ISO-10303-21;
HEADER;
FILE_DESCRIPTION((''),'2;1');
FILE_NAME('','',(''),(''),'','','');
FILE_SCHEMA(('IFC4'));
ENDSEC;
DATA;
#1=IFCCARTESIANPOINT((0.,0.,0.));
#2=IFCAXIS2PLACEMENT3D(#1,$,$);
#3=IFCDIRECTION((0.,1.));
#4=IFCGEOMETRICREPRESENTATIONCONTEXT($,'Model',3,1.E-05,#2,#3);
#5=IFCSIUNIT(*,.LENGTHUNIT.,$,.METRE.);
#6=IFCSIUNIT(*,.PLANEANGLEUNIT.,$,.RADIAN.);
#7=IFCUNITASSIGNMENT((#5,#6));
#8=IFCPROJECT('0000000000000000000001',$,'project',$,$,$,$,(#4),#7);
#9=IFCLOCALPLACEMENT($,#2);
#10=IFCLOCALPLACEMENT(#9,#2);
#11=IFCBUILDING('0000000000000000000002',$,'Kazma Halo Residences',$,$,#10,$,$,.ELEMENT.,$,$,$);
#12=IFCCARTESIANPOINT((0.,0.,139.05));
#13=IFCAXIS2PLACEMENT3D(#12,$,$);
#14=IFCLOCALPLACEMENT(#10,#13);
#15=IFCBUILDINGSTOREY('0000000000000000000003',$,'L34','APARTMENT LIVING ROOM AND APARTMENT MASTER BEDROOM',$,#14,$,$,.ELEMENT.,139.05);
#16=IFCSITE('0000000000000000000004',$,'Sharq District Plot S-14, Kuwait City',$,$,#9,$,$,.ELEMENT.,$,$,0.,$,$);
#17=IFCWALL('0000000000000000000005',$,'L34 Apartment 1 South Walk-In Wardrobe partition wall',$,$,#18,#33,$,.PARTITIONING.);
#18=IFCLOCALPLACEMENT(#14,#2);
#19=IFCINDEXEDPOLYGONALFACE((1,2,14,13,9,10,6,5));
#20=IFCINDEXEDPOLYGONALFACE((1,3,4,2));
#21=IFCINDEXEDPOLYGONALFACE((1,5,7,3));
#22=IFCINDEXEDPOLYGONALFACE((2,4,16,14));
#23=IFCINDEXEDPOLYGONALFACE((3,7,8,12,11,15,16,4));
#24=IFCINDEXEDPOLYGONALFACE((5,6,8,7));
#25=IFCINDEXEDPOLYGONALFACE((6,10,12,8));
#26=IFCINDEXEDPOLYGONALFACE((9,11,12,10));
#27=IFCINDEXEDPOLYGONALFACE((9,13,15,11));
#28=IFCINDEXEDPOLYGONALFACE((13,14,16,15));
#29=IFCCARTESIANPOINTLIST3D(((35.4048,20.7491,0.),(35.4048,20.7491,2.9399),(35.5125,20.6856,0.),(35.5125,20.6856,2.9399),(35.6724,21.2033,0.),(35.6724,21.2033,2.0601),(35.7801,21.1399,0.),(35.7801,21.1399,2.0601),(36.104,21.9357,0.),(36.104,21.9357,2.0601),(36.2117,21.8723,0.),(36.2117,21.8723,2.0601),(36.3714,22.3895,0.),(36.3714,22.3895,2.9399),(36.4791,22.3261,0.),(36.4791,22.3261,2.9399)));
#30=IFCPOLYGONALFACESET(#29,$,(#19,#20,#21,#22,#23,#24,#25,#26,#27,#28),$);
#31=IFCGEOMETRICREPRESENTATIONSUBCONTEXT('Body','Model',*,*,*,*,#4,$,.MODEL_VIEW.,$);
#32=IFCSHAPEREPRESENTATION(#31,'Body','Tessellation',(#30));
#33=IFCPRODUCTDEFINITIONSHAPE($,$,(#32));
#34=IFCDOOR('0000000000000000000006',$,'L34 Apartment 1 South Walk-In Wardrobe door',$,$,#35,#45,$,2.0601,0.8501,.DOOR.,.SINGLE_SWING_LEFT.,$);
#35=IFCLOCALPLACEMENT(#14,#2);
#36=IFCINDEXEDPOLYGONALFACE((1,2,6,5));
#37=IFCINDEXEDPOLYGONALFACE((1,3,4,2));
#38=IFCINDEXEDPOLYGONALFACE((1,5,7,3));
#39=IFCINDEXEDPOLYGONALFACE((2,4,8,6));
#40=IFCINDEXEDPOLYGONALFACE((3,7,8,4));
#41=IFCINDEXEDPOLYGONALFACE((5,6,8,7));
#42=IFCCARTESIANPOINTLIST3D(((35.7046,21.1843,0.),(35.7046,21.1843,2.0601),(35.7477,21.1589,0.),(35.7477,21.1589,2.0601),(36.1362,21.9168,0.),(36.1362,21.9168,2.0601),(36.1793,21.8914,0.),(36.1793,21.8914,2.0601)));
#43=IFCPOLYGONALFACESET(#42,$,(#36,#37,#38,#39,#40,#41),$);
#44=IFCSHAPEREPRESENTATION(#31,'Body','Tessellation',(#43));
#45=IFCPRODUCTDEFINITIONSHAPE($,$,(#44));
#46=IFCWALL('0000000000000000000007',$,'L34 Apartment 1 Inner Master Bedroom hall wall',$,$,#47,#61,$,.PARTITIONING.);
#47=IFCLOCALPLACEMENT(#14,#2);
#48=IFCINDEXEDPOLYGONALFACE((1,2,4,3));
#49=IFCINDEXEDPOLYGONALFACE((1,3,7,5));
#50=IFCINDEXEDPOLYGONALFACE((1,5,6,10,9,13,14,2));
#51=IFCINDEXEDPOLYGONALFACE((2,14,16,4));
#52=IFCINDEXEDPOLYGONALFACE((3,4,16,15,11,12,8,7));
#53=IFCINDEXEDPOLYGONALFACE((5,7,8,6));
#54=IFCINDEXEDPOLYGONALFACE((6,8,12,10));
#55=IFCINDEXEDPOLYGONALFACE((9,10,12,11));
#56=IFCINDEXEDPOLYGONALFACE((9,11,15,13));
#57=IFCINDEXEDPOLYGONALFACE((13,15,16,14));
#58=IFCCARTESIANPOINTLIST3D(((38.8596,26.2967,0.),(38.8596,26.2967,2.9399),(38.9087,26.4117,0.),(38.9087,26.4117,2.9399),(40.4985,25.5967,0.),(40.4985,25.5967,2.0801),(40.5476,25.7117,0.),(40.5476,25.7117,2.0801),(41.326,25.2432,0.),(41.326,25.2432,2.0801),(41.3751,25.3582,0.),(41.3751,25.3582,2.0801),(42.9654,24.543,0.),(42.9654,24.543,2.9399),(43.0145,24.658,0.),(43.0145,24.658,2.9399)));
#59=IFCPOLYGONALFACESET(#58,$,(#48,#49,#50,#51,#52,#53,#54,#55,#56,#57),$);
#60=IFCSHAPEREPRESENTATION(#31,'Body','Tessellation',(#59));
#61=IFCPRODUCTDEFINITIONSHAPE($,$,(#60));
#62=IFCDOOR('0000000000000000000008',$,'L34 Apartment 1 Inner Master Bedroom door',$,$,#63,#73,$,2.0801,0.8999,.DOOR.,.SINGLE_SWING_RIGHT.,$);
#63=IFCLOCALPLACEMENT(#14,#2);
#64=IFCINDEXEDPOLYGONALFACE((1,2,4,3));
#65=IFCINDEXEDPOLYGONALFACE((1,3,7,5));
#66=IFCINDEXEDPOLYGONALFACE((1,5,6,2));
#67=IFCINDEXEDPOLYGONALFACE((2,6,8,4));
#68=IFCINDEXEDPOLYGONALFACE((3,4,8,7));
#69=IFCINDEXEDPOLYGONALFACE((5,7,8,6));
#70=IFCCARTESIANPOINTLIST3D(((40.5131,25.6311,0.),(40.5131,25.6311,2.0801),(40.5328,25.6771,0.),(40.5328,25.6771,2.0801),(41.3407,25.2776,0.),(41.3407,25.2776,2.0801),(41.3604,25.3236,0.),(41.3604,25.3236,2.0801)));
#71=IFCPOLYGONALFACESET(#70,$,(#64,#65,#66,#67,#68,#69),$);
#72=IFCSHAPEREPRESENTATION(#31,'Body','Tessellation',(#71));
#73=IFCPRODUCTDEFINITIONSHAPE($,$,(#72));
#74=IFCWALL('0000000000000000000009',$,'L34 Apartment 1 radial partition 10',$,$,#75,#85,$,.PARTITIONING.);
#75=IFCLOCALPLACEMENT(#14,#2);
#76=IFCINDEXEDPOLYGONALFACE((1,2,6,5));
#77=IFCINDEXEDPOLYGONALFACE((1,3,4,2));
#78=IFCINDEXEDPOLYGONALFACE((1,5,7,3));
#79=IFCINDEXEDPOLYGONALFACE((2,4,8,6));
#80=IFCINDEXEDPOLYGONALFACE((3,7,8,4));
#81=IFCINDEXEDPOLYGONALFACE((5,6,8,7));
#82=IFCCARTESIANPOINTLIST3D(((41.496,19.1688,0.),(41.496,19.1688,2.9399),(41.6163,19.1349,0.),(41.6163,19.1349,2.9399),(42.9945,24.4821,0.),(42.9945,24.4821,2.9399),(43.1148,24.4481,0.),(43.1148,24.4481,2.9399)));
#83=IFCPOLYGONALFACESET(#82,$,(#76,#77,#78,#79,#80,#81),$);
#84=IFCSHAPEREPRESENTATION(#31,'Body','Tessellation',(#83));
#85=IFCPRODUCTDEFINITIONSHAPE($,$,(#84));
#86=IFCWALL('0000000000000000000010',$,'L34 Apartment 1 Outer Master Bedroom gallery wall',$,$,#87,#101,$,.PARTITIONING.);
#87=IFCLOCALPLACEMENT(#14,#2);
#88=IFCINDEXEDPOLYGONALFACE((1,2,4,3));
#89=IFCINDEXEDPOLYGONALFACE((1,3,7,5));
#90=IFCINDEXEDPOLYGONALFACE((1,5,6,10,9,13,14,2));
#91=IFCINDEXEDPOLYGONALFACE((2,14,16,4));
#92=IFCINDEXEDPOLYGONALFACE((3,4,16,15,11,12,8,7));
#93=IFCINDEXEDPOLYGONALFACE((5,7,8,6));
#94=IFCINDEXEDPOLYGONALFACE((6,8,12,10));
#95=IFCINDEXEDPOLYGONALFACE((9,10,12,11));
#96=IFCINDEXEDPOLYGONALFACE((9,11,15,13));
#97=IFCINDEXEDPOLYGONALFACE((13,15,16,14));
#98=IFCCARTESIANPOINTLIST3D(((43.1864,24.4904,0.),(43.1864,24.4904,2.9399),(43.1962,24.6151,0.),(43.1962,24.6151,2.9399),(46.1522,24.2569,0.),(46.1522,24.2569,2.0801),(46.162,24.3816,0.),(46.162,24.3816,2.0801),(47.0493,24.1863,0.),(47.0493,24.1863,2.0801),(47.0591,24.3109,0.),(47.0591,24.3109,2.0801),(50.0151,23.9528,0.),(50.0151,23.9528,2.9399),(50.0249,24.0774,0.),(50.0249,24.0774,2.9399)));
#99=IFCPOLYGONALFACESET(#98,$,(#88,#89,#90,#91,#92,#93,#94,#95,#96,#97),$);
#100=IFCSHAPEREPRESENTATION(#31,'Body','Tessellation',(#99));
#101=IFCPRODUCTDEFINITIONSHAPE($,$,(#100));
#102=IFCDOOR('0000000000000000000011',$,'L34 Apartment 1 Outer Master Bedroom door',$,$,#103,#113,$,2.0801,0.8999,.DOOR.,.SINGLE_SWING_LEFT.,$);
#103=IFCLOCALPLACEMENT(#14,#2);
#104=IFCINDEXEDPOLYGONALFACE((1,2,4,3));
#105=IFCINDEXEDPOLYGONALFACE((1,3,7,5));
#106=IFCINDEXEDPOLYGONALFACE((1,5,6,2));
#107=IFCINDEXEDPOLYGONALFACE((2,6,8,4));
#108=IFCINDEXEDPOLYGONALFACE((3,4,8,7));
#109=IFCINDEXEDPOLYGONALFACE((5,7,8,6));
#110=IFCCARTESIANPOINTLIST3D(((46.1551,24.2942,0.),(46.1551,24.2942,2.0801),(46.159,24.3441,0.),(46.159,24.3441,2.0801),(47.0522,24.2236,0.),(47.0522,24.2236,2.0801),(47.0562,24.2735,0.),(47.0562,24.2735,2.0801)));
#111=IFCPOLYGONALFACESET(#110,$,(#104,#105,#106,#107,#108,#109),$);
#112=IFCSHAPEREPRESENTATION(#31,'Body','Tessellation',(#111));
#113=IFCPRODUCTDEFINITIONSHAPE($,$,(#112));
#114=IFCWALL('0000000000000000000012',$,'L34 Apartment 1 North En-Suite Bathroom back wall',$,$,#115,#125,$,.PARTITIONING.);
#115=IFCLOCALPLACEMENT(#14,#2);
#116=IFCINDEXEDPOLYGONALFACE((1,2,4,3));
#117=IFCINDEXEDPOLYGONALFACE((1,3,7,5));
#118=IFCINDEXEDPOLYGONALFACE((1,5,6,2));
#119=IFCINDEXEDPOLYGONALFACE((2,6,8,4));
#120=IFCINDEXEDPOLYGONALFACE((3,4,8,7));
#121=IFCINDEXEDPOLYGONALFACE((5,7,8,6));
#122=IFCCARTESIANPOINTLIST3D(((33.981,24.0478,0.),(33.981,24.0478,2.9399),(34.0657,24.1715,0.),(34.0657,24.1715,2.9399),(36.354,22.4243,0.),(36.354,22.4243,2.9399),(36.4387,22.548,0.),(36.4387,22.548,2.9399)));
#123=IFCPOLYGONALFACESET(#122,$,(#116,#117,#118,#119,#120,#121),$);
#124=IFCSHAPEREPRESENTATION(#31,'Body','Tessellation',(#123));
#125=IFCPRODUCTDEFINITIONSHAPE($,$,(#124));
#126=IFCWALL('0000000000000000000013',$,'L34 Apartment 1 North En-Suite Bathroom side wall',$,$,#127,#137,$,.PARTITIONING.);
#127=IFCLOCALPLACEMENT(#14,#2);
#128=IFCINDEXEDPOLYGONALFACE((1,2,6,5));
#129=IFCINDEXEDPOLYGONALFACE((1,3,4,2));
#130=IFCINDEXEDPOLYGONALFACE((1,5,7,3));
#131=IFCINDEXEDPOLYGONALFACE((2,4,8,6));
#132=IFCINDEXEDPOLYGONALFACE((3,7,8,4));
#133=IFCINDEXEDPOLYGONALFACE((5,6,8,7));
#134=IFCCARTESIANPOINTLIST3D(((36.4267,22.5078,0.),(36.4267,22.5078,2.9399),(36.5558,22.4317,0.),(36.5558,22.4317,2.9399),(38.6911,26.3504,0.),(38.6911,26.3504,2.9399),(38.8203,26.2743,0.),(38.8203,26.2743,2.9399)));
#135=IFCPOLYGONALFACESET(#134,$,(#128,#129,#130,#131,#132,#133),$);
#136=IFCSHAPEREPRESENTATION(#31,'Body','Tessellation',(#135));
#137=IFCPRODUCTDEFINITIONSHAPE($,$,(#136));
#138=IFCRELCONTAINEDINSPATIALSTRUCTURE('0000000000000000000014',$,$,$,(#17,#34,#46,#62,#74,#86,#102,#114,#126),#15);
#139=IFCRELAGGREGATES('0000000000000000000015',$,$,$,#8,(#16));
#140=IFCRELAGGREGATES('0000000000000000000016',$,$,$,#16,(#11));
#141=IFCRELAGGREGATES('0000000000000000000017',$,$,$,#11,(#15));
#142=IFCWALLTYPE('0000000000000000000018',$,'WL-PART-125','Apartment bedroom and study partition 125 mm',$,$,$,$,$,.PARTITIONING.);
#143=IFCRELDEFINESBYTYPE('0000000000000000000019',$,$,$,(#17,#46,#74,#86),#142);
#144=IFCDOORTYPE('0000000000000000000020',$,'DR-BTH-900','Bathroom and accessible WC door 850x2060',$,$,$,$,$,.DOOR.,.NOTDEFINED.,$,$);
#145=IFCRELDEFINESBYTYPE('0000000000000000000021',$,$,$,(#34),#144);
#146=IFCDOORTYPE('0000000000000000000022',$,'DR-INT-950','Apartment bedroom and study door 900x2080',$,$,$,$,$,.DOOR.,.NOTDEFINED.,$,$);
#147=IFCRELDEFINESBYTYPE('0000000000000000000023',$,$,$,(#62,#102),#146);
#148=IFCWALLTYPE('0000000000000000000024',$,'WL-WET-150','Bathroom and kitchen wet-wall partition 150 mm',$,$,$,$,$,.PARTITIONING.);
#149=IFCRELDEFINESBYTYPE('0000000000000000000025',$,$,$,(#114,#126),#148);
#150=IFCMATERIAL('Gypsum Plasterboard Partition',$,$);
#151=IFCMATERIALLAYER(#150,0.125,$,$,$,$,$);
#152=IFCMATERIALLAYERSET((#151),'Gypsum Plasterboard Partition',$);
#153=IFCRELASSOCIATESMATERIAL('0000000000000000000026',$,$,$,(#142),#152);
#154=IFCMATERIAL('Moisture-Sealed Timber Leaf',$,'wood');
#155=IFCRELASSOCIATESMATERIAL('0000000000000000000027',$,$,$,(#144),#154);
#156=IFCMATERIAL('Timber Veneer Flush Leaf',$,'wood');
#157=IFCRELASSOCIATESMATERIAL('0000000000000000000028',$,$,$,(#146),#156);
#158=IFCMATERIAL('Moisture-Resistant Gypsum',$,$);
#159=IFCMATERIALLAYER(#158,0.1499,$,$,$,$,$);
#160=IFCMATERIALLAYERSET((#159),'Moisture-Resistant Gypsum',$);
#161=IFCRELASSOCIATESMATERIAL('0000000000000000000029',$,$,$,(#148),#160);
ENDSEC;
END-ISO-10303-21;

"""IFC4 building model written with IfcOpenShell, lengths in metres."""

from ifc_helpers import new_model, si_unit, direction, frame, frame_2d, origin, place, context, subcontext, project, spatial, rectangle, extrude, material, layer, layer_set, type_object, element, fill, save


model = new_model("IFC4")

# Units and contexts
model_context = context("Model", 3, precision=1e-05, world=origin(), true_north=direction((0.0, 1.0)))
body_context = subcontext(model_context, "Body", "Model", "MODEL_VIEW")
ifc_project = project(units=[si_unit("LENGTHUNIT", "METRE"), si_unit("PLANEANGLEUNIT", "RADIAN")], contexts=[model_context])

# Site, building, storey
site_placement = place(None, origin())
site = spatial("IfcSite", under=ifc_project, at=site_placement, Name="Sharq District Plot S-14, Kuwait City", CompositionType="ELEMENT", RefElevation=0.0)
building_placement = place(site_placement, origin())
building = spatial("IfcBuilding", under=site, at=building_placement, Name="Kazma Halo Residences", CompositionType="ELEMENT")
storey_placement = place(building_placement, frame((0.0, 0.0, 139.05)))
storey = spatial("IfcBuildingStorey", under=building, at=storey_placement, Name="L34", Description="APARTMENT LIVING ROOM AND APARTMENT MASTER BEDROOM", CompositionType="ELEMENT", Elevation=139.05)

# Walls, openings, doors
ifc_material_1 = material(Name="Gypsum Plasterboard Partition")
ifc_layer_1 = layer(ifc_material_1, 0.125)
ifc_layer_set_1 = layer_set([ifc_layer_1], Name="Gypsum Plasterboard Partition")
wall_type_1 = type_object("IfcWallType", Name="WL-PART-125", Description="Apartment bedroom and study partition 125 mm", PredefinedType="PARTITIONING", material=ifc_layer_set_1)
wall_1_placement = place(storey_placement, frame((36.4253, 22.3579, 0.0), z_axis=(0.0, 0.0, 1.0), x_axis=(-0.507653, -0.861561, 0.0)))
wall_1 = element("IfcWall", 1, at=wall_1_placement, inside=storey, type_object=wall_type_1, Name="L34 Apartment 1 South Walk-In Wardrobe partition wall", PredefinedType="PARTITIONING", context=body_context, shape_type="SweptSolid", body=[
    extrude(rectangle(XDim=1.9041, YDim=0.125, at=frame_2d((0.9521, 0.0))), origin(), (0.0, 0.0, 1.0), 2.9399),
])
opening_1_placement = place(wall_1_placement, frame((0.5269, 0.0, 0.0)))
opening_1 = element("IfcOpeningElement", 2, at=opening_1_placement, cuts=wall_1, PredefinedType="OPENING", context=body_context, shape_type="SweptSolid", body=[
    extrude(rectangle(XDim=0.8501, YDim=2.0601, at=frame_2d((0.425, 1.03))), frame((0.0, 0.0725, 0.0), z_axis=(0.0, -1.0, 0.0), x_axis=(1.0, 0.0, 0.0)), (0.0, 0.0, 1.0), 0.145),
])
ifc_material_2 = material(Name="Moisture-Sealed Timber Leaf", Category="wood")
door_type_1 = type_object("IfcDoorType", Name="DR-BTH-900", Description="Bathroom and accessible WC door 850x2060", OperationType="NOTDEFINED", PredefinedType="DOOR", material=ifc_material_2)
door_1_placement = place(opening_1_placement, origin())
door_1 = element("IfcDoor", 3, at=door_1_placement, inside=storey, type_object=door_type_1, Name="L34 Apartment 1 South Walk-In Wardrobe door", OperationType="SINGLE_SWING_LEFT", OverallHeight=2.0601, OverallWidth=0.8501, PredefinedType="DOOR", context=body_context, shape_type="SweptSolid", body=[
    extrude(rectangle(XDim=0.8501, YDim=2.0601, at=frame_2d((0.425, 1.03))), frame((0.0, 0.0249, 0.0), z_axis=(0.0, -1.0, 0.0), x_axis=(1.0, 0.0, 0.0)), (0.0, 0.0, 1.0), 0.05),
])
fill(opening_1, door_1)
wall_2_placement = place(storey_placement, frame((38.884, 26.3542, 0.0), z_axis=(0.0, 0.0, 1.0), x_axis=(0.919625, -0.392797, 0.0)))
wall_2 = element("IfcWall", 4, at=wall_2_placement, inside=storey, type_object=wall_type_1, Name="L34 Apartment 1 Inner Master Bedroom hall wall", PredefinedType="PARTITIONING", context=body_context, shape_type="SweptSolid", body=[
    extrude(rectangle(XDim=4.4646, YDim=0.125, at=frame_2d((2.2324, 0.0))), origin(), (0.0, 0.0, 1.0), 2.9399),
])
opening_2_placement = place(wall_2_placement, frame((1.7822, 0.0, 0.0)))
opening_2 = element("IfcOpeningElement", 5, at=opening_2_placement, cuts=wall_2, PredefinedType="OPENING", context=body_context, shape_type="SweptSolid", body=[
    extrude(rectangle(XDim=0.8999, YDim=2.0801, at=frame_2d((0.45, 1.04))), frame((0.0, 0.0725, 0.0), z_axis=(0.0, -1.0, 0.0), x_axis=(1.0, 0.0, 0.0)), (0.0, 0.0, 1.0), 0.145),
])
ifc_material_3 = material(Name="Timber Veneer Flush Leaf", Category="wood")
door_type_2 = type_object("IfcDoorType", Name="DR-INT-950", Description="Apartment bedroom and study door 900x2080", OperationType="NOTDEFINED", PredefinedType="DOOR", material=ifc_material_3)
door_2_placement = place(opening_2_placement, origin())
door_2 = element("IfcDoor", 6, at=door_2_placement, inside=storey, type_object=door_type_2, Name="L34 Apartment 1 Inner Master Bedroom door", OperationType="SINGLE_SWING_RIGHT", OverallHeight=2.0801, OverallWidth=0.8999, PredefinedType="DOOR", context=body_context, shape_type="SweptSolid", body=[
    extrude(rectangle(XDim=0.8999, YDim=2.0801, at=frame_2d((0.45, 1.04))), frame((0.0, 0.0249, 0.0), z_axis=(0.0, -1.0, 0.0), x_axis=(1.0, 0.0, 0.0)), (0.0, 0.0, 1.0), 0.05),
])
fill(opening_2, door_2)

# Wall
wall_3_placement = place(storey_placement, frame((43.0547, 24.4651, 0.0), z_axis=(0.0, 0.0, 1.0), x_axis=(-0.271449, -0.962453, 0.0)))
element("IfcWall", 7, at=wall_3_placement, inside=storey, type_object=wall_type_1, Name="L34 Apartment 1 radial partition 10", PredefinedType="PARTITIONING", context=body_context, shape_type="SweptSolid", body=[
    extrude(rectangle(XDim=5.5205, YDim=0.125, at=frame_2d((2.7603, 0.0))), origin(), (0.0, 0.0, 1.0), 2.9399),
])

# Wall, opening, door
wall_4_placement = place(storey_placement, frame((43.1914, 24.5527, 0.0), z_axis=(0.0, 0.0, 1.0), x_axis=(0.996915, -0.078484, 0.0)))
wall_4 = element("IfcWall", 8, at=wall_4_placement, inside=storey, type_object=wall_type_1, Name="L34 Apartment 1 Outer Master Bedroom gallery wall", PredefinedType="PARTITIONING", context=body_context, shape_type="SweptSolid", body=[
    extrude(rectangle(XDim=6.8499, YDim=0.125, at=frame_2d((3.4248, 0.0))), origin(), (0.0, 0.0, 1.0), 2.9399),
])
opening_3_placement = place(wall_4_placement, frame((2.9749, 0.0, 0.0)))
opening_3 = element("IfcOpeningElement", 9, at=opening_3_placement, cuts=wall_4, PredefinedType="OPENING", context=body_context, shape_type="SweptSolid", body=[
    extrude(rectangle(XDim=0.8999, YDim=2.0801, at=frame_2d((0.45, 1.04))), frame((0.0, 0.0725, 0.0), z_axis=(0.0, -1.0, 0.0), x_axis=(1.0, 0.0, 0.0)), (0.0, 0.0, 1.0), 0.145),
])
door_3_placement = place(opening_3_placement, origin())
door_3 = element("IfcDoor", 10, at=door_3_placement, inside=storey, type_object=door_type_2, Name="L34 Apartment 1 Outer Master Bedroom door", OperationType="SINGLE_SWING_LEFT", OverallHeight=2.0801, OverallWidth=0.8999, PredefinedType="DOOR", context=body_context, shape_type="SweptSolid", body=[
    extrude(rectangle(XDim=0.8999, YDim=2.0801, at=frame_2d((0.45, 1.04))), frame((0.0, 0.0249, 0.0), z_axis=(0.0, -1.0, 0.0), x_axis=(1.0, 0.0, 0.0)), (0.0, 0.0, 1.0), 0.05),
])
fill(opening_3, door_3)

# Walls
ifc_material_4 = material(Name="Moisture-Resistant Gypsum")
ifc_layer_2 = layer(ifc_material_4, 0.1499)
ifc_layer_set_2 = layer_set([ifc_layer_2], Name="Moisture-Resistant Gypsum")
wall_type_2 = type_object("IfcWallType", Name="WL-WET-150", Description="Bathroom and kitchen wet-wall partition 150 mm", PredefinedType="PARTITIONING", material=ifc_layer_set_2)
wall_5_placement = place(storey_placement, frame((34.0234, 24.1096, 0.0), z_axis=(0.0, 0.0, 1.0), x_axis=(0.825328, -0.564653, 0.0)))
element("IfcWall", 11, at=wall_5_placement, inside=storey, type_object=wall_type_2, Name="L34 Apartment 1 North En-Suite Bathroom back wall", PredefinedType="PARTITIONING", context=body_context, shape_type="SweptSolid", body=[
    extrude(rectangle(XDim=2.8752, YDim=0.1499, at=frame_2d((1.4375, 0.0))), origin(), (0.0, 0.0, 1.0), 2.9399),
])
wall_6_placement = place(storey_placement, frame((38.7556, 26.3123, 0.0), z_axis=(0.0, 0.0, 1.0), x_axis=(-0.507702, -0.861533, 0.0)))
element("IfcWall", 12, at=wall_6_placement, inside=storey, type_object=wall_type_2, Name="L34 Apartment 1 North En-Suite Bathroom side wall", PredefinedType="PARTITIONING", context=body_context, shape_type="SweptSolid", body=[
    extrude(rectangle(XDim=4.4602, YDim=0.1499, at=frame_2d((2.23, 0.0))), origin(), (0.0, 0.0, 1.0), 2.9399),
])

save(model, "model.ifc")
